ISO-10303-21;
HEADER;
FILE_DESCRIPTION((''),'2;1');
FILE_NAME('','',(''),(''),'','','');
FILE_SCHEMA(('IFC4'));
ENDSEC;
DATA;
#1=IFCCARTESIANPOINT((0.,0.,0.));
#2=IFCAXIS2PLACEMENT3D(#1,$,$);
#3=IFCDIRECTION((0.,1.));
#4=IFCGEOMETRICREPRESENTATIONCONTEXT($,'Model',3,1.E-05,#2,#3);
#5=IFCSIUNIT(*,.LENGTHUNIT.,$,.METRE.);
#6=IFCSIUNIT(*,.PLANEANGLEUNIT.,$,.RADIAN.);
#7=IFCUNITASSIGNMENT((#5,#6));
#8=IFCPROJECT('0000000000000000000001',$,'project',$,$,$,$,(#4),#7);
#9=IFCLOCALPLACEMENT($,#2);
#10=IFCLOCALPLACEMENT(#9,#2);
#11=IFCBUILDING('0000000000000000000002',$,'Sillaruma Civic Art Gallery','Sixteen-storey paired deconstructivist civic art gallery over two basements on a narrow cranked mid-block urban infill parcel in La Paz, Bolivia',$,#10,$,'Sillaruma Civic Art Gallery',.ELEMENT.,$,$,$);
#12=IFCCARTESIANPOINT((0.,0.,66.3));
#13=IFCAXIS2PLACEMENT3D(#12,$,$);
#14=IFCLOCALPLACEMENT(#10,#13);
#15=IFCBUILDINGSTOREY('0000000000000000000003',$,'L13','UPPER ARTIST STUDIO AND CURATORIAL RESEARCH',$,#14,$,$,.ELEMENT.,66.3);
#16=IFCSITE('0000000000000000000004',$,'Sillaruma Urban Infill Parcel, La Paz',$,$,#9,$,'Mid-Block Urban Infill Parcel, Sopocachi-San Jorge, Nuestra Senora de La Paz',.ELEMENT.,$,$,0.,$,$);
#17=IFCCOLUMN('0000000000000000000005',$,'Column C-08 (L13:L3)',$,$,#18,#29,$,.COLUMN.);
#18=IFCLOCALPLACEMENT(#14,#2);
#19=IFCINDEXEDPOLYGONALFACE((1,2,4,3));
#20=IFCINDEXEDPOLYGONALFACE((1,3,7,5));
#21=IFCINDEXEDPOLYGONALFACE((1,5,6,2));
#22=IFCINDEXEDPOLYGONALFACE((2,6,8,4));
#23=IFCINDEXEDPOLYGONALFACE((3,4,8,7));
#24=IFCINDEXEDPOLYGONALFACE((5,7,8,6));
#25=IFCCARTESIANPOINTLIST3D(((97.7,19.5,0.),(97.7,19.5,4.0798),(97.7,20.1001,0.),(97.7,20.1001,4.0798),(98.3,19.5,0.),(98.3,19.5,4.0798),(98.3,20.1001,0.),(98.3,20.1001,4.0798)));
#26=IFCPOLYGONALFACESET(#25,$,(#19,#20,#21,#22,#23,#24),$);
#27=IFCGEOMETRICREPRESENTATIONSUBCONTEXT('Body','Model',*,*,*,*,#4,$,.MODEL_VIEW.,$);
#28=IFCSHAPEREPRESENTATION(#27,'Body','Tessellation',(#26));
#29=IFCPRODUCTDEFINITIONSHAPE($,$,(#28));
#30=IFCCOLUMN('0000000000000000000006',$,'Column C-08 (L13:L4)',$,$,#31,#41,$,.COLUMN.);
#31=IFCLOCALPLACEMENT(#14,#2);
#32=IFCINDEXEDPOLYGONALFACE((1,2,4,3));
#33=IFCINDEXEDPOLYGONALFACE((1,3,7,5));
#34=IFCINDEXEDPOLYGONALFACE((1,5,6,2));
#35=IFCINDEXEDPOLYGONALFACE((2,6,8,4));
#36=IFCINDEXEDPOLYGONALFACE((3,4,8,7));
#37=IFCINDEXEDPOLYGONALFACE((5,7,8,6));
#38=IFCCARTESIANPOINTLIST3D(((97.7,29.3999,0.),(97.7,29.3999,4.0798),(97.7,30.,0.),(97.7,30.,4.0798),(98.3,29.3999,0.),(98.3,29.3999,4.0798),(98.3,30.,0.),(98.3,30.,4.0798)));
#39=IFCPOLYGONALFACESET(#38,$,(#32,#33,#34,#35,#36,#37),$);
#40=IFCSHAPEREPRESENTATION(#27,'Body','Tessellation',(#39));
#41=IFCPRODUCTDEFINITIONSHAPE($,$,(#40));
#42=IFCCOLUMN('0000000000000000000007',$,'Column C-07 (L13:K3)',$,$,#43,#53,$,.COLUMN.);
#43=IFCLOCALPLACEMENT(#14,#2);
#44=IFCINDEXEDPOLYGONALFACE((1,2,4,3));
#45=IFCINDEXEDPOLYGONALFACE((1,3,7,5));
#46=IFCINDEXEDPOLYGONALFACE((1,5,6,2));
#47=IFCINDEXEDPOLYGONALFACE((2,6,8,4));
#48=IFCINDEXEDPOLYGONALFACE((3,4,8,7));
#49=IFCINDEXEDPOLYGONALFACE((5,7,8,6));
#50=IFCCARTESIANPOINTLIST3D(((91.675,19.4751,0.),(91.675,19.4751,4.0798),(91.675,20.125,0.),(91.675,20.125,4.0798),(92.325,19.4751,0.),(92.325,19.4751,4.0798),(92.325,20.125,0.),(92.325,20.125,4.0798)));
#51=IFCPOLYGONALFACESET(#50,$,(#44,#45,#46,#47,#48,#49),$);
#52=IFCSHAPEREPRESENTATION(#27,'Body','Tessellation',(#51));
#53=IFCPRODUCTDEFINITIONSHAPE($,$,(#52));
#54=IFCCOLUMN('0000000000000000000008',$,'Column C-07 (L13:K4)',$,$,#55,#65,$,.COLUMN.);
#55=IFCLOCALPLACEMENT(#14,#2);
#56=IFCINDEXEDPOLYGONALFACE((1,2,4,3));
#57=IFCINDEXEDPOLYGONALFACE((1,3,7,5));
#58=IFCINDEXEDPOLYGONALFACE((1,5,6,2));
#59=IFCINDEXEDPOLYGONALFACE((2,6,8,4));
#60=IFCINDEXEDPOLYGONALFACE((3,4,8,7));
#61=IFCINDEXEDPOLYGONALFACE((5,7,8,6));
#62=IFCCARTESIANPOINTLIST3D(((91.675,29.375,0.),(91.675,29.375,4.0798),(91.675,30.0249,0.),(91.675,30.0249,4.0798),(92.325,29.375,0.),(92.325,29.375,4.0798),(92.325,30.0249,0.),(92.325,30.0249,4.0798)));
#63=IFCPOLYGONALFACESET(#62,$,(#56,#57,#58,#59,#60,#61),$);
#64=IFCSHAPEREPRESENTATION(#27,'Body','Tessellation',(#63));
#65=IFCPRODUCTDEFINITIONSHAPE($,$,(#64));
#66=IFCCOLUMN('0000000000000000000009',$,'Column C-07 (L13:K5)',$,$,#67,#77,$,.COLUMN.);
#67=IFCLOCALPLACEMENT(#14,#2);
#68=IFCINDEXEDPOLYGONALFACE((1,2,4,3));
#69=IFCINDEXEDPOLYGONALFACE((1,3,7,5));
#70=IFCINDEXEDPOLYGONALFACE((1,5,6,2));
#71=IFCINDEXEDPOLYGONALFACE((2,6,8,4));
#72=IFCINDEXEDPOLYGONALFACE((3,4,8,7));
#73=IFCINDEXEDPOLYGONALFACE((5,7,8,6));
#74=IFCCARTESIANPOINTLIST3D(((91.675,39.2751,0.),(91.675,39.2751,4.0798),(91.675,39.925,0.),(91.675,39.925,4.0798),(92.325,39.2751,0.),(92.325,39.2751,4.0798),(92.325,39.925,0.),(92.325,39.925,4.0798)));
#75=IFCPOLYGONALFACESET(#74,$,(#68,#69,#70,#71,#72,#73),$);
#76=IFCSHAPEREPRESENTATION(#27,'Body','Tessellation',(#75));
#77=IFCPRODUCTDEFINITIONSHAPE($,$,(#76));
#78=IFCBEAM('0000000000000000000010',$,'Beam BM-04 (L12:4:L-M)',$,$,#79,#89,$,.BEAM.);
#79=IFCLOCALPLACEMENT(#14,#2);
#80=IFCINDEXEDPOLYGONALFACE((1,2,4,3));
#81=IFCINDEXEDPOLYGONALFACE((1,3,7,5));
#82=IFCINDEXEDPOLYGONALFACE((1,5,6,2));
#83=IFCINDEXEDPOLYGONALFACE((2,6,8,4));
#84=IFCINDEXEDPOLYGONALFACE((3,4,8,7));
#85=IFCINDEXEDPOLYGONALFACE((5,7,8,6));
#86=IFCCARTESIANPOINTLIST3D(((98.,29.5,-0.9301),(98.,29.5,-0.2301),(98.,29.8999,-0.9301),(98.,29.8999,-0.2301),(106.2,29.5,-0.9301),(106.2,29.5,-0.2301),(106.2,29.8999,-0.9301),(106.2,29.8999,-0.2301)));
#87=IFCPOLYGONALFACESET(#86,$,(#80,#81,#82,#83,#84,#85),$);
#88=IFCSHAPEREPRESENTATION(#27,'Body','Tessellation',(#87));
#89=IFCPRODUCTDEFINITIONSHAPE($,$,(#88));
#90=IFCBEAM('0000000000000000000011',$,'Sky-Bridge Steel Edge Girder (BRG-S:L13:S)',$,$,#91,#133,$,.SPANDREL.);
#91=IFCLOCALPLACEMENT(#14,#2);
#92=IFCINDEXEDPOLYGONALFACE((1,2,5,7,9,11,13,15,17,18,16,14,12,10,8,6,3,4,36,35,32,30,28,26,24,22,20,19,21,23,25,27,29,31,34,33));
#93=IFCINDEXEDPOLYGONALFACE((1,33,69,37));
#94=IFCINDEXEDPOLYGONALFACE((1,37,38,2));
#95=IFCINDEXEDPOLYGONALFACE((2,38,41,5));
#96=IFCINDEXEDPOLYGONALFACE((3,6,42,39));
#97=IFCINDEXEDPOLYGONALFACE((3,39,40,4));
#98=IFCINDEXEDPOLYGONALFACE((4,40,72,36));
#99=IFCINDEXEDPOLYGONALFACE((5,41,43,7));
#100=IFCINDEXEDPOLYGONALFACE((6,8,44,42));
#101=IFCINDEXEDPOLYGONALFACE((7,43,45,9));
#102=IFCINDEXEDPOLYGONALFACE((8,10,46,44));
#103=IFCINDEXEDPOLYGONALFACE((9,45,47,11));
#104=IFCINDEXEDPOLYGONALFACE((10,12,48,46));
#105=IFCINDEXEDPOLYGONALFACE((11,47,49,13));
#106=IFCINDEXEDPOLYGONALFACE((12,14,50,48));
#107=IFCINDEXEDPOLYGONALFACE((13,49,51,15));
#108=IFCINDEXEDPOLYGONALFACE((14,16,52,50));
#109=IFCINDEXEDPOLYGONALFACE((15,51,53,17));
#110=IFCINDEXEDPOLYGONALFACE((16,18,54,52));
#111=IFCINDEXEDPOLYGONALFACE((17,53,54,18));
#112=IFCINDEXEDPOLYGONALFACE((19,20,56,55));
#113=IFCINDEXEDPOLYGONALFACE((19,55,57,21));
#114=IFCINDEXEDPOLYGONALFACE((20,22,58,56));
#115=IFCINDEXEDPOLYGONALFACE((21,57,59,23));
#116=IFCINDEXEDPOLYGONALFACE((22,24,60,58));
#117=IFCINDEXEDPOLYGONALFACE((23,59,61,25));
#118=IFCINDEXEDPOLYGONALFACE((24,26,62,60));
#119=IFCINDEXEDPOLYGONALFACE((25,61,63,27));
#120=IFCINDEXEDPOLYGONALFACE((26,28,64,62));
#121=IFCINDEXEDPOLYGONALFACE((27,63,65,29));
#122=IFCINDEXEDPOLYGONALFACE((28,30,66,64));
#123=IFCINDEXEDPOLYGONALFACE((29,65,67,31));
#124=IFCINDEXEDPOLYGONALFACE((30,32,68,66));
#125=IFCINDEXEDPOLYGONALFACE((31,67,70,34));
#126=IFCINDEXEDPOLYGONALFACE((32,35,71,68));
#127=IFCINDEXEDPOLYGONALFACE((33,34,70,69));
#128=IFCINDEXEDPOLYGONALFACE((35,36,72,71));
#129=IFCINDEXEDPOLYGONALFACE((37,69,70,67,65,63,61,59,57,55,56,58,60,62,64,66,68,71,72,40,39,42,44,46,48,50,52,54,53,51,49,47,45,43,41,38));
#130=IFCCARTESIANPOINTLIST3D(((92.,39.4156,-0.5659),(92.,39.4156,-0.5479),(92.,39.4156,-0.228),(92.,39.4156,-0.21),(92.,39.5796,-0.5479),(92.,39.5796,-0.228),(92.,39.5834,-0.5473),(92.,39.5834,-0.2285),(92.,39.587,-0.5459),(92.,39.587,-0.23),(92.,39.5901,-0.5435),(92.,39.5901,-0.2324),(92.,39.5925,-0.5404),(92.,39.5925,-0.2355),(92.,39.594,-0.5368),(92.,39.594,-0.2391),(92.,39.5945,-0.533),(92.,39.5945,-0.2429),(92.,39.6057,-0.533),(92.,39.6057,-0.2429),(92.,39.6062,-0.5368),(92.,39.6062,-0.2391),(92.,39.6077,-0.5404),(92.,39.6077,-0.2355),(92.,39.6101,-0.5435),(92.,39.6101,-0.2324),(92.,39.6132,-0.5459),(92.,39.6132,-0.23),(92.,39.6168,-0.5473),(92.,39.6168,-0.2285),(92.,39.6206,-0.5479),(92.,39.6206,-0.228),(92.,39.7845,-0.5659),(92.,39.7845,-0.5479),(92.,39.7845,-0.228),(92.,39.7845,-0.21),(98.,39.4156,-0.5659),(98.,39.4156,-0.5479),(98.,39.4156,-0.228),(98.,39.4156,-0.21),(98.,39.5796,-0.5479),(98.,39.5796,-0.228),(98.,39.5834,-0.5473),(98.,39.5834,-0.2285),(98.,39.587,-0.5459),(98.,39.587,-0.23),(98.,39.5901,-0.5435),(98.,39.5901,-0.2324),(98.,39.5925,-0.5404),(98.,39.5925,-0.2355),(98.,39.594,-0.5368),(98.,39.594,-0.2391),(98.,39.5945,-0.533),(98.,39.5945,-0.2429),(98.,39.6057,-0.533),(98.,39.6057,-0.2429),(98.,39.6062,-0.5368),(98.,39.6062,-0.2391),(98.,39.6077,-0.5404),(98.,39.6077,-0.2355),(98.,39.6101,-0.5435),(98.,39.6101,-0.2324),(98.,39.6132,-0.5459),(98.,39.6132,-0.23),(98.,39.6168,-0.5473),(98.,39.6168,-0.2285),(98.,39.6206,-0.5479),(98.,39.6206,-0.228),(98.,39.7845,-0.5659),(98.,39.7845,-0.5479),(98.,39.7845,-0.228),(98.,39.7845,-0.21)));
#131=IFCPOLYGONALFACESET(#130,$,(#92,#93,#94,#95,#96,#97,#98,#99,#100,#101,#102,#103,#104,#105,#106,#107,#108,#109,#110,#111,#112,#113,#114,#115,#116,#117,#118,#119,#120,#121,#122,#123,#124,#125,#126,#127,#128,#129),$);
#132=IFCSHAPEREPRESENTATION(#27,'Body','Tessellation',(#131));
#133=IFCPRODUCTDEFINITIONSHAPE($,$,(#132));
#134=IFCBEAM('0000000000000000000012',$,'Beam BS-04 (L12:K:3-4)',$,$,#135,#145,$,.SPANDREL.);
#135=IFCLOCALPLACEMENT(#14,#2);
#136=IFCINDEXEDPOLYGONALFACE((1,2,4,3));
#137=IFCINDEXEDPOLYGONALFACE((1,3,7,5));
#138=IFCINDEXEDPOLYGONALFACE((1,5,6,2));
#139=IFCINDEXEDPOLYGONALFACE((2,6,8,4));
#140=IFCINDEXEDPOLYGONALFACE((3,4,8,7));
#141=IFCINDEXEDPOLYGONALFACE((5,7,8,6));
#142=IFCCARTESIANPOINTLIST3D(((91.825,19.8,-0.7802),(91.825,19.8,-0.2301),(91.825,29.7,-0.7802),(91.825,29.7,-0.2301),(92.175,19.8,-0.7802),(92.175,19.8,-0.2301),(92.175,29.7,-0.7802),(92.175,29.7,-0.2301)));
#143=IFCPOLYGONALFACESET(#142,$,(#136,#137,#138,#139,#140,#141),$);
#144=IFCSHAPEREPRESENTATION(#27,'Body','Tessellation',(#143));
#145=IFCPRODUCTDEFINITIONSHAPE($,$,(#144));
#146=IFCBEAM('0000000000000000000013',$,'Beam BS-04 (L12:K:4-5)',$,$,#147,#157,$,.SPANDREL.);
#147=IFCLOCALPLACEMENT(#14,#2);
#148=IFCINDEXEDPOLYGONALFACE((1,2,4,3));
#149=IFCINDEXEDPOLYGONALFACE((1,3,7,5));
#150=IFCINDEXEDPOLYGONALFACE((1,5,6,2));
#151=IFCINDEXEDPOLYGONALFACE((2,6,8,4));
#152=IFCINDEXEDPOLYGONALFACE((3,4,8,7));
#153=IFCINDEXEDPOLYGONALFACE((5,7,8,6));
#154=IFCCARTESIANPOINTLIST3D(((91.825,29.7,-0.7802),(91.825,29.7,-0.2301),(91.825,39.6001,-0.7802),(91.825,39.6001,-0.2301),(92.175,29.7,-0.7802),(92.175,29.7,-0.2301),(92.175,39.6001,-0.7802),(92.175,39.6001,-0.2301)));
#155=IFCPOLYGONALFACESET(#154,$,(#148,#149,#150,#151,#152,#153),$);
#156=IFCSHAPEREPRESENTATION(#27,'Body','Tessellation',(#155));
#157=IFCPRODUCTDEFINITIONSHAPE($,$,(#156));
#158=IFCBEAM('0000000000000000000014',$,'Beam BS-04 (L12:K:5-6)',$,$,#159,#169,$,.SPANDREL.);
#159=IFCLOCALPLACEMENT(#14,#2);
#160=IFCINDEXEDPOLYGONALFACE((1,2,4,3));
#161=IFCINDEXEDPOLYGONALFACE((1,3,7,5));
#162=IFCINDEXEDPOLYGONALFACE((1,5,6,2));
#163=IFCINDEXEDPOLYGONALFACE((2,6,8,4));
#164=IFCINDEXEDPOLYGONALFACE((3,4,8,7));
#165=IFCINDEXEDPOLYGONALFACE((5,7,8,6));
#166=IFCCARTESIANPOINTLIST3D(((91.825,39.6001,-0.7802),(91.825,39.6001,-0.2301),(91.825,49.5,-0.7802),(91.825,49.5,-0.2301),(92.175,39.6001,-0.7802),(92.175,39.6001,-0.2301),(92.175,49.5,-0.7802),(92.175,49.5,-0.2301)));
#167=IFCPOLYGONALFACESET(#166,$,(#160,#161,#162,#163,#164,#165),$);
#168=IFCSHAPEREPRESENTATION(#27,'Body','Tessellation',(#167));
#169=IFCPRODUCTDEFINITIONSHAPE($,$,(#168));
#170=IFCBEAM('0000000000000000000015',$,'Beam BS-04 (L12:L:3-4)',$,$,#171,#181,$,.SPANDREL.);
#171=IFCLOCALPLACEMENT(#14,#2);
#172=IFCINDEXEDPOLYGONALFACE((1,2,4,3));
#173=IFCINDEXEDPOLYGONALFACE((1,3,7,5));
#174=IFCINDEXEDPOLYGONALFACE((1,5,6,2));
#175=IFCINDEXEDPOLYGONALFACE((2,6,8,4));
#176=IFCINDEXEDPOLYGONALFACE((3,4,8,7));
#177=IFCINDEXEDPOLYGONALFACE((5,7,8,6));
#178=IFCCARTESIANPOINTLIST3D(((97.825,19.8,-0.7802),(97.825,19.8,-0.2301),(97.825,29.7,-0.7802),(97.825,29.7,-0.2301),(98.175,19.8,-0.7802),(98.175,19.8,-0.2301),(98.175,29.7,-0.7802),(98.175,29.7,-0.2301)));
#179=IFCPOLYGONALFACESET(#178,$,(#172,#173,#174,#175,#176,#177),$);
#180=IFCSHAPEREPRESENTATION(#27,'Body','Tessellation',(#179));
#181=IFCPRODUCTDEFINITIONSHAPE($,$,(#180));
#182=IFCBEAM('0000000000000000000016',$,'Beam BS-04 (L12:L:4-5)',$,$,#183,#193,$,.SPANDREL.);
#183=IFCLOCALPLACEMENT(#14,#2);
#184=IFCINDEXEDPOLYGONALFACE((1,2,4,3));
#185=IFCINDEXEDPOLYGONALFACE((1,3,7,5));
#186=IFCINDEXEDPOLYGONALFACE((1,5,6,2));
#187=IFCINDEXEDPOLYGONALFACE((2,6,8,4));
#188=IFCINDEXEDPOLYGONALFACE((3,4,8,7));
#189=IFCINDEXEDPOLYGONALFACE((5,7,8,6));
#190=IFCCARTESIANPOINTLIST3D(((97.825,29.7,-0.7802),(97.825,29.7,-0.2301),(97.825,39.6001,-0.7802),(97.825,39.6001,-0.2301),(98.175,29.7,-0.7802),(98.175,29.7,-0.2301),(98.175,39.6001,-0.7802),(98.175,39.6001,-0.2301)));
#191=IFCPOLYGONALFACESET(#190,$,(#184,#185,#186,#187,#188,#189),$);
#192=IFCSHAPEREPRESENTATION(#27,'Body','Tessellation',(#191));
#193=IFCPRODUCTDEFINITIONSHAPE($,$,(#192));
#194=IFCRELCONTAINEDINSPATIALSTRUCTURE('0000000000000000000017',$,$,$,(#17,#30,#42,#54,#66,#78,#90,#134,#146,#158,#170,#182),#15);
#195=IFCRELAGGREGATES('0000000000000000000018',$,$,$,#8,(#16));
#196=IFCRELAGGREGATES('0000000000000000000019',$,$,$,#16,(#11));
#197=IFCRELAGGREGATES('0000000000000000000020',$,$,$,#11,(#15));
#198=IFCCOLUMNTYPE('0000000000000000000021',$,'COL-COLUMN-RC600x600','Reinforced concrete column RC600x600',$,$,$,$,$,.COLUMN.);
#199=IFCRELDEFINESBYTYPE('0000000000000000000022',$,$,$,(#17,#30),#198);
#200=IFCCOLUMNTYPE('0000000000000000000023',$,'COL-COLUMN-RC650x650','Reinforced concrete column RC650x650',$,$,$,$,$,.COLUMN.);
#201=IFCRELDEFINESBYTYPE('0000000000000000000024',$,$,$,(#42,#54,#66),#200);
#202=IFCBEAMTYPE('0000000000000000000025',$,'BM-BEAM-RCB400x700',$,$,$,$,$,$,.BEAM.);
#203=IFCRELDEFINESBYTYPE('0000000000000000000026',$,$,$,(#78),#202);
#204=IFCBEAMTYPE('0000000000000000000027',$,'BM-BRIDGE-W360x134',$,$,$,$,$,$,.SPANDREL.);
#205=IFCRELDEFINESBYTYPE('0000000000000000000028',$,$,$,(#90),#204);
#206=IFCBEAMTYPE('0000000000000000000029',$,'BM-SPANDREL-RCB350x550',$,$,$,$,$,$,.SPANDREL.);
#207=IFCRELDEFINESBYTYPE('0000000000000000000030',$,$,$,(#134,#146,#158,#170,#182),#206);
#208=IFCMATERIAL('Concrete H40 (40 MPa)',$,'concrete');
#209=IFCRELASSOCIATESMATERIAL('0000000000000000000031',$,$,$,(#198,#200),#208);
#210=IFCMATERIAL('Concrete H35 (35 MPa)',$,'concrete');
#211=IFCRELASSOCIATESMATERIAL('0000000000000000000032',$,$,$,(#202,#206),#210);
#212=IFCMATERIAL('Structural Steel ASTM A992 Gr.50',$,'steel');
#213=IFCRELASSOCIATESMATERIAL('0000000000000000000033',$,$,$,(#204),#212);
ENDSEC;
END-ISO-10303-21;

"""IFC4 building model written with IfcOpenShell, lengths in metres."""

from ifc_helpers import new_model, si_unit, direction, frame, origin, origin_2d, place, context, subcontext, project, spatial, rectangle, i_section, extrude, material, material_profile, profile_set, type_object, element, save


model = new_model("IFC4")

# Units and contexts
model_context = context("Model", 3, precision=1e-05, world=origin(), true_north=direction((0.0, 1.0)))
body_context = subcontext(model_context, "Body", "Model", "MODEL_VIEW")
ifc_project = project(units=[si_unit("LENGTHUNIT", "METRE"), si_unit("PLANEANGLEUNIT", "RADIAN")], contexts=[model_context])

# Site, building, storey
site_placement = place(None, origin())
site = spatial("IfcSite", under=ifc_project, at=site_placement, Name="Sillaruma Urban Infill Parcel, La Paz", LongName="Mid-Block Urban Infill Parcel, Sopocachi-San Jorge, Nuestra Senora de La Paz", CompositionType="ELEMENT", RefElevation=0.0)
building_placement = place(site_placement, origin())
building = spatial("IfcBuilding", under=site, at=building_placement, Name="Sillaruma Civic Art Gallery", Description="Sixteen-storey paired deconstructivist civic art gallery over two basements on a narrow cranked mid-block urban infill parcel in La Paz, Bolivia", LongName="Sillaruma Civic Art Gallery", CompositionType="ELEMENT")
storey_placement = place(building_placement, frame((0.0, 0.0, 66.3)))
storey = spatial("IfcBuildingStorey", under=building, at=storey_placement, Name="L13", Description="UPPER ARTIST STUDIO AND CURATORIAL RESEARCH", CompositionType="ELEMENT", Elevation=66.3)

# Columns
ifc_material_1 = material(Name="Concrete H40 (40 MPa)", Category="concrete")
ifc_material_profile_1 = material_profile(ifc_material_1, rectangle(XDim=0.6001, YDim=0.6001, at=origin_2d()), Name="RC600x600")
ifc_profile_set_1 = profile_set([ifc_material_profile_1], Name="Concrete H40 (40 MPa)")
column_type_1 = type_object("IfcColumnType", Name="COL-COLUMN-RC600x600", Description="Reinforced concrete column RC600x600", PredefinedType="COLUMN", material=ifc_profile_set_1)
for number, where, z_axis, x_axis, name in (
    (1, (98.0, 19.8, 0.0), (0.0, 0.0, 1.0), (1.0, 0.0, 0.0), "Column C-08 (L13:L3)"),
    (2, (98.0, 29.7, 0.0), (0.0, 0.0, 1.0), (1.0, 0.0, 0.0), "Column C-08 (L13:L4)"),
):
    element("IfcColumn", number, at=place(storey_placement, frame(where, z_axis=z_axis, x_axis=x_axis)), inside=storey, type_object=column_type_1, Name=name, PredefinedType="COLUMN", context=body_context, shape_type="SweptSolid", body=[
        extrude(rectangle(XDim=0.6001, YDim=0.6001, at=origin_2d()), origin(), (0.0, 0.0, 1.0), 4.0798),
    ])
ifc_material_profile_2 = material_profile(ifc_material_1, rectangle(XDim=0.6499, YDim=0.6499, at=origin_2d()), Name="RC650x650")
ifc_profile_set_2 = profile_set([ifc_material_profile_2], Name="Concrete H40 (40 MPa)")
column_type_2 = type_object("IfcColumnType", Name="COL-COLUMN-RC650x650", Description="Reinforced concrete column RC650x650", PredefinedType="COLUMN", material=ifc_profile_set_2)
for number, where, z_axis, x_axis, name in (
    (3, (92.0, 19.8, 0.0), (0.0, 0.0, 1.0), (1.0, 0.0, 0.0), "Column C-07 (L13:K3)"),
    (4, (92.0, 29.7, 0.0), (0.0, 0.0, 1.0), (1.0, 0.0, 0.0), "Column C-07 (L13:K4)"),
    (5, (92.0, 39.6001, 0.0), (0.0, 0.0, 1.0), (1.0, 0.0, 0.0), "Column C-07 (L13:K5)"),
):
    element("IfcColumn", number, at=place(storey_placement, frame(where, z_axis=z_axis, x_axis=x_axis)), inside=storey, type_object=column_type_2, Name=name, PredefinedType="COLUMN", context=body_context, shape_type="SweptSolid", body=[
        extrude(rectangle(XDim=0.6499, YDim=0.6499, at=origin_2d()), origin(), (0.0, 0.0, 1.0), 4.0798),
    ])

# Beams
ifc_material_2 = material(Name="Concrete H35 (35 MPa)", Category="concrete")
ifc_material_profile_3 = material_profile(ifc_material_2, rectangle(XDim=0.3999, YDim=0.7, at=origin_2d()), Name="RCB400x700")
ifc_profile_set_3 = profile_set([ifc_material_profile_3], Name="Concrete H35 (35 MPa)")
beam_type_1 = type_object("IfcBeamType", Name="BM-BEAM-RCB400x700", PredefinedType="BEAM", material=ifc_profile_set_3)
beam_1_placement = place(storey_placement, frame((98.0, 29.7, -0.5801), z_axis=(1.0, 0.0, 0.0), x_axis=(0.0, 1.0, 0.0)))
element("IfcBeam", 6, at=beam_1_placement, inside=storey, type_object=beam_type_1, Name="Beam BM-04 (L12:4:L-M)", PredefinedType="BEAM", context=body_context, shape_type="SweptSolid", body=[
    extrude(rectangle(XDim=0.3999, YDim=0.7, at=origin_2d()), origin(), (0.0, 0.0, 1.0), 8.2),
])
ifc_material_3 = material(Name="Structural Steel ASTM A992 Gr.50", Category="steel")
ifc_material_profile_4 = material_profile(ifc_material_3, i_section(OverallWidth=0.3689, OverallDepth=0.356, WebThickness=0.0112, FlangeThickness=0.0181, FilletRadius=0.0149, at=origin_2d()), Name="W360x134")
ifc_profile_set_4 = profile_set([ifc_material_profile_4], Name="Structural Steel ASTM A992 Gr.50")
beam_type_2 = type_object("IfcBeamType", Name="BM-BRIDGE-W360x134", PredefinedType="SPANDREL", material=ifc_profile_set_4)
beam_2_placement = place(storey_placement, frame((92.0, 39.6001, -0.3879), z_axis=(1.0, 0.0, 0.0), x_axis=(0.0, 1.0, 0.0)))
element("IfcBeam", 7, at=beam_2_placement, inside=storey, type_object=beam_type_2, Name="Sky-Bridge Steel Edge Girder (BRG-S:L13:S)", PredefinedType="SPANDREL", context=body_context, shape_type="SweptSolid", body=[
    extrude(i_section(OverallWidth=0.3689, OverallDepth=0.356, WebThickness=0.0112, FlangeThickness=0.0181, FilletRadius=0.0149, at=origin_2d()), origin(), (0.0, 0.0, 1.0), 6.0),
])
ifc_material_profile_5 = material_profile(ifc_material_2, rectangle(XDim=0.3501, YDim=0.55, at=origin_2d()), Name="RCB350x550")
ifc_profile_set_5 = profile_set([ifc_material_profile_5], Name="Concrete H35 (35 MPa)")
beam_type_3 = type_object("IfcBeamType", Name="BM-SPANDREL-RCB350x550", PredefinedType="SPANDREL", material=ifc_profile_set_5)
beam_3_placement = place(storey_placement, frame((92.0, 19.8, -0.5051), z_axis=(0.0, 1.0, 0.0), x_axis=(-1.0, 0.0, 0.0)))
element("IfcBeam", 8, at=beam_3_placement, inside=storey, type_object=beam_type_3, Name="Beam BS-04 (L12:K:3-4)", PredefinedType="SPANDREL", context=body_context, shape_type="SweptSolid", body=[
    extrude(rectangle(XDim=0.3501, YDim=0.55, at=origin_2d()), origin(), (0.0, 0.0, 1.0), 9.8999),
])
beam_4_placement = place(storey_placement, frame((92.0, 29.7, -0.5051), z_axis=(0.0, 1.0, 0.0), x_axis=(-1.0, 0.0, 0.0)))
element("IfcBeam", 9, at=beam_4_placement, inside=storey, type_object=beam_type_3, Name="Beam BS-04 (L12:K:4-5)", PredefinedType="SPANDREL", context=body_context, shape_type="SweptSolid", body=[
    extrude(rectangle(XDim=0.3501, YDim=0.55, at=origin_2d()), origin(), (0.0, 0.0, 1.0), 9.9001),
])
for number, where, z_axis, x_axis, name in (
    (10, (92.0, 39.6001, -0.5051), (0.0, 1.0, 0.0), (-1.0, 0.0, 0.0), "Beam BS-04 (L12:K:5-6)"),
    (11, (98.0, 19.8, -0.5051), (0.0, 1.0, 0.0), (-1.0, 0.0, 0.0), "Beam BS-04 (L12:L:3-4)"),
):
    element("IfcBeam", number, at=place(storey_placement, frame(where, z_axis=z_axis, x_axis=x_axis)), inside=storey, type_object=beam_type_3, Name=name, PredefinedType="SPANDREL", context=body_context, shape_type="SweptSolid", body=[
        extrude(rectangle(XDim=0.3501, YDim=0.55, at=origin_2d()), origin(), (0.0, 0.0, 1.0), 9.8999),
    ])
beam_5_placement = place(storey_placement, frame((98.0, 29.7, -0.5051), z_axis=(0.0, 1.0, 0.0), x_axis=(-1.0, 0.0, 0.0)))
element("IfcBeam", 12, at=beam_5_placement, inside=storey, type_object=beam_type_3, Name="Beam BS-04 (L12:L:4-5)", PredefinedType="SPANDREL", context=body_context, shape_type="SweptSolid", body=[
    extrude(rectangle(XDim=0.3501, YDim=0.55, at=origin_2d()), origin(), (0.0, 0.0, 1.0), 9.9001),
])

save(model, "model.ifc")
